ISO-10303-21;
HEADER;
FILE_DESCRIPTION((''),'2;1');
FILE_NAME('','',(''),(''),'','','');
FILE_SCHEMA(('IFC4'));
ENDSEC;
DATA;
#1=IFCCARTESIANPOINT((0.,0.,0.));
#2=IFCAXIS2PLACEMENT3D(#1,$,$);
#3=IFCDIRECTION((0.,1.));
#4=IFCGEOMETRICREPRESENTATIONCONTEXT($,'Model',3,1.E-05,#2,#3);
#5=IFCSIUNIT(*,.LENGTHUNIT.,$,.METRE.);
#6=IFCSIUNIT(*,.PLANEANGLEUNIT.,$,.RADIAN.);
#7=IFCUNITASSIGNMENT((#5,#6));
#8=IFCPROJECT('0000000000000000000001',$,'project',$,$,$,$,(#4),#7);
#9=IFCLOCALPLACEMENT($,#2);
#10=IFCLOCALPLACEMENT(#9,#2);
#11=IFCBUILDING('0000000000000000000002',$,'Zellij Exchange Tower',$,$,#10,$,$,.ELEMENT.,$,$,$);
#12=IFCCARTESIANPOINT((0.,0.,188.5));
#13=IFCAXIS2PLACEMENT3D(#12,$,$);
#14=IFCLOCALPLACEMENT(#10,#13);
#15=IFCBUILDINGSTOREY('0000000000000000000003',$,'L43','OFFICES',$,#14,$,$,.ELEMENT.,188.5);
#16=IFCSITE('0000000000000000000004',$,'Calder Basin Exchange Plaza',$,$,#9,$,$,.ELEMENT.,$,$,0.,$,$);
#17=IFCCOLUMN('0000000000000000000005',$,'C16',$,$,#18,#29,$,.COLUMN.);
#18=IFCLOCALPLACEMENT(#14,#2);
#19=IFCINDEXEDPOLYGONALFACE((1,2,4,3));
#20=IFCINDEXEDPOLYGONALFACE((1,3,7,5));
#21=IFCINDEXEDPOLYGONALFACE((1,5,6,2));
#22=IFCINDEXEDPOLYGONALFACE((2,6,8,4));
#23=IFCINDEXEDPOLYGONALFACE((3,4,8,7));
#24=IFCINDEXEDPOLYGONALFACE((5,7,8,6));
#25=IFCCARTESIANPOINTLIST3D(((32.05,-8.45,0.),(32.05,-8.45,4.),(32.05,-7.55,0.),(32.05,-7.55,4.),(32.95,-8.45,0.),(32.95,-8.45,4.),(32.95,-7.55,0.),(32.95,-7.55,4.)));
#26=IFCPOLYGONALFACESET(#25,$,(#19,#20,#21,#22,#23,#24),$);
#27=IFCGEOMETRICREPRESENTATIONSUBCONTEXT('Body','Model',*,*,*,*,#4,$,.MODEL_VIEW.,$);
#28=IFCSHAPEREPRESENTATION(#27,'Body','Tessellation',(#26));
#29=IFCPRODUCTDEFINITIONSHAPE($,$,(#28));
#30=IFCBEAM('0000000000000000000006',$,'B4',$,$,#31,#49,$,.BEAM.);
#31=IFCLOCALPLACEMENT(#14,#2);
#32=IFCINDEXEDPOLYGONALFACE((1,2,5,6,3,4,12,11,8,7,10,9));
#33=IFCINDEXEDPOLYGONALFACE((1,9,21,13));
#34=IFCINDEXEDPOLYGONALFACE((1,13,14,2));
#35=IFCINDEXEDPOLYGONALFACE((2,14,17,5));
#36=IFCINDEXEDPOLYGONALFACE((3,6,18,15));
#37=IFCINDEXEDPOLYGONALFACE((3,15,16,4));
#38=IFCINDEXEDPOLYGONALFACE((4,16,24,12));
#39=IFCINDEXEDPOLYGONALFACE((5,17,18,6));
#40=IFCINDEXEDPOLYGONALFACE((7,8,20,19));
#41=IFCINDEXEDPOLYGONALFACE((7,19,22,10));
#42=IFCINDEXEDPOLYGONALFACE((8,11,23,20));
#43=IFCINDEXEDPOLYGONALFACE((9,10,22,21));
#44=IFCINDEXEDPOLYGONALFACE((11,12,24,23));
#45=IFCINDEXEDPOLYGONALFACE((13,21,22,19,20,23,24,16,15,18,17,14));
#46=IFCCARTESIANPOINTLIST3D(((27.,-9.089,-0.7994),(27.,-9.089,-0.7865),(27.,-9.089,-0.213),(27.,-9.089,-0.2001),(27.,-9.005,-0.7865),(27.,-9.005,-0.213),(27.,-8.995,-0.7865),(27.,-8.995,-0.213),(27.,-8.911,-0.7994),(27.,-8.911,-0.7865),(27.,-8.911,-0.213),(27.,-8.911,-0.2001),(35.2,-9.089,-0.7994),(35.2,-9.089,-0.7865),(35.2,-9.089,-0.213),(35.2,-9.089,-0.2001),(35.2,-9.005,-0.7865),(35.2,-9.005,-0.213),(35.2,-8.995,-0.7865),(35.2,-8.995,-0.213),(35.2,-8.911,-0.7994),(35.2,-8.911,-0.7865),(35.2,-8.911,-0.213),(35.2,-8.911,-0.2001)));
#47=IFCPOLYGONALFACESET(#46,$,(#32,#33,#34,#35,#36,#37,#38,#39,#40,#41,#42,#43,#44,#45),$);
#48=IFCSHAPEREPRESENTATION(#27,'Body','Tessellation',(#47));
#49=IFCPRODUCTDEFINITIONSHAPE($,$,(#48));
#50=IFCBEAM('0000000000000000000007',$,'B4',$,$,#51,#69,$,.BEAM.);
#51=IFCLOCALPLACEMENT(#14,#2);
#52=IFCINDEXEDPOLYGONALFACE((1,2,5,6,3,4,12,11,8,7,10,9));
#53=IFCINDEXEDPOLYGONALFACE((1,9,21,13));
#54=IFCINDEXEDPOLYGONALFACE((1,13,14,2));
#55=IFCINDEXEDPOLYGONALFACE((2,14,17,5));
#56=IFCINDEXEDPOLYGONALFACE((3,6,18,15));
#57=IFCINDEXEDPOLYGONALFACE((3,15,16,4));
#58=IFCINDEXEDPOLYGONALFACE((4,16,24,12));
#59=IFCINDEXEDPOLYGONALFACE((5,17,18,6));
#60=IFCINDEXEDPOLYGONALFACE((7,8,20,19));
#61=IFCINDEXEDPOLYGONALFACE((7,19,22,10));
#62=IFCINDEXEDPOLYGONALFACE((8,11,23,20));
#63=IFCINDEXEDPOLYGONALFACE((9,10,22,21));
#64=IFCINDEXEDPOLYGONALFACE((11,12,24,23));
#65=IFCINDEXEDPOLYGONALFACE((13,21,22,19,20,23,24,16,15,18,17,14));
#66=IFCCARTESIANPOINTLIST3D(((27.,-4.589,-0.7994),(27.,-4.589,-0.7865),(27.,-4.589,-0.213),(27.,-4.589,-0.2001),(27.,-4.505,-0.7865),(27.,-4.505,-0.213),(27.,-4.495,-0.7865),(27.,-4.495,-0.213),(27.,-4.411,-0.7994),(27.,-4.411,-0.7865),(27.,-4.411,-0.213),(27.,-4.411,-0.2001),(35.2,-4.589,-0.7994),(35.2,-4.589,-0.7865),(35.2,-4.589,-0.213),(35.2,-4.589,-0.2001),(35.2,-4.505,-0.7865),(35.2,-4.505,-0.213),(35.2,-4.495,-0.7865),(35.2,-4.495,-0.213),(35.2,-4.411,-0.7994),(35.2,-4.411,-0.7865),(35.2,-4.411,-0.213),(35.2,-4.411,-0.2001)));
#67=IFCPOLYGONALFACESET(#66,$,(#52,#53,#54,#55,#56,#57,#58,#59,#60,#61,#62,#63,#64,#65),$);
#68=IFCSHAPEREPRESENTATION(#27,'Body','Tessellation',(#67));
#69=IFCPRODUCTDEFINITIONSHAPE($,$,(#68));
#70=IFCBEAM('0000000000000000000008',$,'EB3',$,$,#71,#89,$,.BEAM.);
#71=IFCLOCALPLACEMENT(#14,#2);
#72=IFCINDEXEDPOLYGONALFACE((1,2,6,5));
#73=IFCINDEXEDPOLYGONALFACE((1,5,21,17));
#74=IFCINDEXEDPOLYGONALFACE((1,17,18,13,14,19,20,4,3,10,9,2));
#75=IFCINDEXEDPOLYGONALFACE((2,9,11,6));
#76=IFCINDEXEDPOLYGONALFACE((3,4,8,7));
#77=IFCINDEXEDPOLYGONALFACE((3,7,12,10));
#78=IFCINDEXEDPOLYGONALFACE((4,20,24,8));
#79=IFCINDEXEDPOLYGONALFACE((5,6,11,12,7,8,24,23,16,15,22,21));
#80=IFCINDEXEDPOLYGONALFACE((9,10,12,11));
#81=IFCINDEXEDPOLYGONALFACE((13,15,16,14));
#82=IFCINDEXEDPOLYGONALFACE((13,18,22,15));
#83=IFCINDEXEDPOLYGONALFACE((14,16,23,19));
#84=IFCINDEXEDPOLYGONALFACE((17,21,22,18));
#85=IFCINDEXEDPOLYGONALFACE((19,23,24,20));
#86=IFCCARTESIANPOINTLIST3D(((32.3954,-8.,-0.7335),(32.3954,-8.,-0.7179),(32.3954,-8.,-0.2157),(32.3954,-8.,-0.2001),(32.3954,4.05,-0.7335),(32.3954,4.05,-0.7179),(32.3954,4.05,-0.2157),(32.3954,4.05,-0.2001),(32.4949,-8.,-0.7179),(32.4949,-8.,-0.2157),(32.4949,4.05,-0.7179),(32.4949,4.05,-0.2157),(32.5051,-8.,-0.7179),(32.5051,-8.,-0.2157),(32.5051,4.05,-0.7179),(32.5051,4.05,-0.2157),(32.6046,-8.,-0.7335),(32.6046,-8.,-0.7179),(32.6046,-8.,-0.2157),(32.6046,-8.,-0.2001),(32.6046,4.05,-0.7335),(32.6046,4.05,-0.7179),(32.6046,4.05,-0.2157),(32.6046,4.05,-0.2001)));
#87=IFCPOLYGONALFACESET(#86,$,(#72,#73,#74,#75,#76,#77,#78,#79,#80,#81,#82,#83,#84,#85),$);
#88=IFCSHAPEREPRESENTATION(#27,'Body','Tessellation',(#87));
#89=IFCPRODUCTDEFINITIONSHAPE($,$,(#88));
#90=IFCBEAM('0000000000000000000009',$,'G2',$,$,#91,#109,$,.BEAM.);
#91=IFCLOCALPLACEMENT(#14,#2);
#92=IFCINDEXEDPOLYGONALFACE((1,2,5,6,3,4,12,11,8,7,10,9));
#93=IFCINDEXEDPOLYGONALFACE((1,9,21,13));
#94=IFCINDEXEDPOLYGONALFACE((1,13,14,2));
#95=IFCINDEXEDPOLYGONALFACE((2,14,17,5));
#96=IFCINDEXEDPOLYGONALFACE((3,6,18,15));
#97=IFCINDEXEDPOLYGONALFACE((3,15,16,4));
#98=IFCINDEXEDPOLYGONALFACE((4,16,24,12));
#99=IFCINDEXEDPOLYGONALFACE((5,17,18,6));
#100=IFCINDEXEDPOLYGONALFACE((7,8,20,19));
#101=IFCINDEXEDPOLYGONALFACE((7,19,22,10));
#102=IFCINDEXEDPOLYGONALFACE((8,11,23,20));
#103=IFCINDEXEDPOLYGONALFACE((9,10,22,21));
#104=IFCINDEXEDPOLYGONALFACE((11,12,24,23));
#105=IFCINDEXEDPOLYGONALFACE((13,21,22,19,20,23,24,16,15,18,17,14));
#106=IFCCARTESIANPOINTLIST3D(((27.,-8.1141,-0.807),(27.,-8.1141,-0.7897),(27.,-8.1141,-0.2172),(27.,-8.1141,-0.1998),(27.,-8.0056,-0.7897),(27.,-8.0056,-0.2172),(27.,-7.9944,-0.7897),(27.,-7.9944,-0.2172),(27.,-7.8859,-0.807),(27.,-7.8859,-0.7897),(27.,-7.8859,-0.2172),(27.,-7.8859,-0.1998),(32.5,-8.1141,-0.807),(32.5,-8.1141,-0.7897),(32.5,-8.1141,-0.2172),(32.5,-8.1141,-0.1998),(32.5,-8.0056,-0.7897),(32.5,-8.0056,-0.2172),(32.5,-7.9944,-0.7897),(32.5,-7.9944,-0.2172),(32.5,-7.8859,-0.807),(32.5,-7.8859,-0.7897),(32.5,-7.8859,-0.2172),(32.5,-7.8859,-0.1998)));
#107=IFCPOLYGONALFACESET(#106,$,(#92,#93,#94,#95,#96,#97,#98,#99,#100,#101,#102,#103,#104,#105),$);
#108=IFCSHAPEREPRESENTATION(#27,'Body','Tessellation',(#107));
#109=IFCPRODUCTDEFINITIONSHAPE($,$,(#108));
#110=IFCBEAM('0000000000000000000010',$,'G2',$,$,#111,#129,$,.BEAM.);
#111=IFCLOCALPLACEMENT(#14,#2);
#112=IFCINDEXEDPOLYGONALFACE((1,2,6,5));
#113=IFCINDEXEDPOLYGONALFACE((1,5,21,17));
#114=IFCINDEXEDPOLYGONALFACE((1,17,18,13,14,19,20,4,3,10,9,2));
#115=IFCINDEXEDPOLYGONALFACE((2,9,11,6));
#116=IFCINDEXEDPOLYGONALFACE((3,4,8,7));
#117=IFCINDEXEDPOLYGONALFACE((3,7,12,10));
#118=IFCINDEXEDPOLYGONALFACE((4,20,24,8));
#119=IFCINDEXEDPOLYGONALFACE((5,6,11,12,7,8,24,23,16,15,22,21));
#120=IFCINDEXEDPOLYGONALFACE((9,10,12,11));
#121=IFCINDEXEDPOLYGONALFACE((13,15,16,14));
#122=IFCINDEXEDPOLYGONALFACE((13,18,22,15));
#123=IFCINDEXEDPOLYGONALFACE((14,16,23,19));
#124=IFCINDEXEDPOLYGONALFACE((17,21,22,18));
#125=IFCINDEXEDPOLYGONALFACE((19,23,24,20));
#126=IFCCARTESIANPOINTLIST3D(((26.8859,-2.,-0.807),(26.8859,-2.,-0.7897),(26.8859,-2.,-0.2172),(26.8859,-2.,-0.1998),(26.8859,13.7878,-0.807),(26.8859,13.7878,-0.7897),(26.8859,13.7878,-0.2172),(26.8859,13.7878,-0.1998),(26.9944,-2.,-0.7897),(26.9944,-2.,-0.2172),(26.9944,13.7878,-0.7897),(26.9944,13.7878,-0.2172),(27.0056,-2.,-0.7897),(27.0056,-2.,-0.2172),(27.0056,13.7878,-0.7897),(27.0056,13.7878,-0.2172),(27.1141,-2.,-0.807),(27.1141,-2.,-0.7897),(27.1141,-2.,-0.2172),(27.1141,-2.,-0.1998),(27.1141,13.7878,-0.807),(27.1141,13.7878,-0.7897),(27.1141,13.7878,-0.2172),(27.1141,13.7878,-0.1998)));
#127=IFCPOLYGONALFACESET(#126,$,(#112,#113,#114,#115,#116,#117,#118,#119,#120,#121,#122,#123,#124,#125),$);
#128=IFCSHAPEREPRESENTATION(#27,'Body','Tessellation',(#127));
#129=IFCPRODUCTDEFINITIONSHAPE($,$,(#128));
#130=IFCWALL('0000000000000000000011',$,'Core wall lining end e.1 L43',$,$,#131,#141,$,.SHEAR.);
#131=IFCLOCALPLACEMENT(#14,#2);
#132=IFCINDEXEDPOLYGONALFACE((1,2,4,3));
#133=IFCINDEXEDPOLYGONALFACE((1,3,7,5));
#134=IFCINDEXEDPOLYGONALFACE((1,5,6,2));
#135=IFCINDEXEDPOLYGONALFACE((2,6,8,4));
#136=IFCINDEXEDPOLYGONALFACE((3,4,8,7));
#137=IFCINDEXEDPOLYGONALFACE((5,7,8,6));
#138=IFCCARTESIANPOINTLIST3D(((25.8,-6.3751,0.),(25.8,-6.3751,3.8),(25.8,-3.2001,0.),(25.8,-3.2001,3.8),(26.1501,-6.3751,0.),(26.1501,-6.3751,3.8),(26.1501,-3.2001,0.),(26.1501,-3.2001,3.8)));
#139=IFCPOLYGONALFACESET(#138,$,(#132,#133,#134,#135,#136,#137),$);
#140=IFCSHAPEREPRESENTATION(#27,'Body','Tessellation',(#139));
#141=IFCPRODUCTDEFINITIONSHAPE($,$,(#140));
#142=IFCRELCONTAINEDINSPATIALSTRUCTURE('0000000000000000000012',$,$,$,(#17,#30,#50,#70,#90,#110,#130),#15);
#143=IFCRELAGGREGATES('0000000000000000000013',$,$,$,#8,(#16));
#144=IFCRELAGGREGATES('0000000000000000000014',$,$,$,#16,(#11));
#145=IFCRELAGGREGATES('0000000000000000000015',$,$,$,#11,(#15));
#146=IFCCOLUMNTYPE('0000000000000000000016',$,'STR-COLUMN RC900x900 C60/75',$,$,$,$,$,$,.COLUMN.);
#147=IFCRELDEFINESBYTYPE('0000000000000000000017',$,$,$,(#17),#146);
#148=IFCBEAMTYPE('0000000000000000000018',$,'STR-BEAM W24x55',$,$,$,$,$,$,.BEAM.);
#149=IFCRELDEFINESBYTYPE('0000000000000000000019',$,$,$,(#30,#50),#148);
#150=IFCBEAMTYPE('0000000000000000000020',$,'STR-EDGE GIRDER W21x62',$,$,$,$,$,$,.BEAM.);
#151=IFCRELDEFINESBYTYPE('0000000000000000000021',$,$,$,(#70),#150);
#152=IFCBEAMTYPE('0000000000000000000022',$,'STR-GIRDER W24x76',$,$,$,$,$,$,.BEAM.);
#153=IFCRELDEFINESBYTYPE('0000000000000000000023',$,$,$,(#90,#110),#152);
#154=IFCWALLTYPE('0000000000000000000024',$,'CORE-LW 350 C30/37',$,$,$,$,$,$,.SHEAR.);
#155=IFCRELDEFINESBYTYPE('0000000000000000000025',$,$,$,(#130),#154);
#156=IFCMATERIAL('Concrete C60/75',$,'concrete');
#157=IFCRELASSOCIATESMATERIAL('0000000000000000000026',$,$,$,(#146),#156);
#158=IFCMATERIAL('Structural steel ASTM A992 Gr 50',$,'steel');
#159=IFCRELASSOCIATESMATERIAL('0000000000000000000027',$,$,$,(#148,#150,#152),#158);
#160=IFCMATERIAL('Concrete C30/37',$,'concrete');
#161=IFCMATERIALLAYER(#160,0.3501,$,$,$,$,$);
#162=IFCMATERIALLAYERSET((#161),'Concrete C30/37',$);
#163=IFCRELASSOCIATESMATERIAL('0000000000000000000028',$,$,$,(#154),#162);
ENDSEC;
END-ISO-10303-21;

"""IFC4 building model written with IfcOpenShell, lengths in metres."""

from ifc_helpers import new_model, si_unit, direction, frame, frame_2d, origin, origin_2d, place, context, subcontext, project, spatial, rectangle, i_section, extrude, material, layer, layer_set, material_profile, profile_set, type_object, element, save


model = new_model("IFC4")

# Units and contexts
model_context = context("Model", 3, precision=1e-05, world=origin(), true_north=direction((0.0, 1.0)))
body_context = subcontext(model_context, "Body", "Model", "MODEL_VIEW")
ifc_project = project(units=[si_unit("LENGTHUNIT", "METRE"), si_unit("PLANEANGLEUNIT", "RADIAN")], contexts=[model_context])

# Site, building, storey
site_placement = place(None, origin())
site = spatial("IfcSite", under=ifc_project, at=site_placement, Name="Calder Basin Exchange Plaza", CompositionType="ELEMENT", RefElevation=0.0)
building_placement = place(site_placement, origin())
building = spatial("IfcBuilding", under=site, at=building_placement, Name="Zellij Exchange Tower", CompositionType="ELEMENT")
storey_placement = place(building_placement, frame((0.0, 0.0, 188.5)))
storey = spatial("IfcBuildingStorey", under=building, at=storey_placement, Name="L43", Description="OFFICES", CompositionType="ELEMENT", Elevation=188.5)

# Column
ifc_material_1 = material(Name="Concrete C60/75", Category="concrete")
ifc_material_profile_1 = material_profile(ifc_material_1, rectangle(XDim=0.8999, YDim=0.8999, at=origin_2d()), Name="STR-COLUMN RC900x900 C60/75")
ifc_profile_set_1 = profile_set([ifc_material_profile_1], Name="Concrete C60/75")
column_type = type_object("IfcColumnType", Name="STR-COLUMN RC900x900 C60/75", PredefinedType="COLUMN", material=ifc_profile_set_1)
column_placement = place(storey_placement, frame((32.5, -8.0, 0.0), z_axis=(0.0, 0.0, 1.0), x_axis=(1.0, 0.0, 0.0)))
element("IfcColumn", 1, at=column_placement, inside=storey, type_object=column_type, Name="C16", PredefinedType="COLUMN", context=body_context, shape_type="SweptSolid", body=[
    extrude(rectangle(XDim=0.8999, YDim=0.8999, at=origin_2d()), origin(), (0.0, 0.0, 1.0), 4.0),
])

# Beams
ifc_material_2 = material(Name="Structural steel ASTM A992 Gr 50", Category="steel")
ifc_material_profile_2 = material_profile(ifc_material_2, i_section(OverallWidth=0.178, OverallDepth=0.5994, WebThickness=0.01, FlangeThickness=0.0129, at=origin_2d()), Name="W24x55")
ifc_profile_set_2 = profile_set([ifc_material_profile_2], Name="Structural steel ASTM A992 Gr 50")
beam_type_1 = type_object("IfcBeamType", Name="STR-BEAM W24x55", PredefinedType="BEAM", material=ifc_profile_set_2)
for number, where, z_axis, x_axis, name in (
    (2, (27.0, -9.0, -0.4998), (1.0, 0.0, 0.0), (0.0, 1.0, 0.0), "B4"),
    (3, (27.0, -4.5, -0.4998), (1.0, 0.0, 0.0), (0.0, 1.0, 0.0), "B4"),
):
    element("IfcBeam", number, at=place(storey_placement, frame(where, z_axis=z_axis, x_axis=x_axis)), inside=storey, type_object=beam_type_1, Name=name, PredefinedType="BEAM", context=body_context, shape_type="SweptSolid", body=[
        extrude(i_section(OverallWidth=0.178, OverallDepth=0.5994, WebThickness=0.01, FlangeThickness=0.0129, at=origin_2d()), origin(), (0.0, 0.0, 1.0), 8.2),
    ])
ifc_material_profile_3 = material_profile(ifc_material_2, i_section(OverallWidth=0.2092, OverallDepth=0.5334, WebThickness=0.0103, FlangeThickness=0.0156, at=origin_2d()), Name="W21x62")
ifc_profile_set_3 = profile_set([ifc_material_profile_3], Name="Structural steel ASTM A992 Gr 50")
beam_type_2 = type_object("IfcBeamType", Name="STR-EDGE GIRDER W21x62", PredefinedType="BEAM", material=ifc_profile_set_3)
beam_1_placement = place(storey_placement, frame((32.5, -8.0, -0.4668), z_axis=(0.0, 1.0, 0.0), x_axis=(-1.0, 0.0, 0.0)))
element("IfcBeam", 4, at=beam_1_placement, inside=storey, type_object=beam_type_2, Name="EB3", PredefinedType="BEAM", context=body_context, shape_type="SweptSolid", body=[
    extrude(i_section(OverallWidth=0.2092, OverallDepth=0.5334, WebThickness=0.0103, FlangeThickness=0.0156, at=origin_2d()), origin(), (0.0, 0.0, 1.0), 12.05),
])
ifc_material_profile_4 = material_profile(ifc_material_2, i_section(OverallWidth=0.2283, OverallDepth=0.6072, WebThickness=0.0112, FlangeThickness=0.0173, at=origin_2d()), Name="W24x76")
ifc_profile_set_4 = profile_set([ifc_material_profile_4], Name="Structural steel ASTM A992 Gr 50")
beam_type_3 = type_object("IfcBeamType", Name="STR-GIRDER W24x76", PredefinedType="BEAM", material=ifc_profile_set_4)
beam_2_placement = place(storey_placement, frame((27.0, -8.0, -0.5034), z_axis=(1.0, 0.0, 0.0), x_axis=(0.0, 1.0, 0.0)))
element("IfcBeam", 5, at=beam_2_placement, inside=storey, type_object=beam_type_3, Name="G2", PredefinedType="BEAM", context=body_context, shape_type="SweptSolid", body=[
    extrude(i_section(OverallWidth=0.2283, OverallDepth=0.6072, WebThickness=0.0112, FlangeThickness=0.0173, at=origin_2d()), origin(), (0.0, 0.0, 1.0), 5.5),
])
beam_3_placement = place(storey_placement, frame((27.0, -2.0, -0.5034), z_axis=(0.0, 1.0, 0.0), x_axis=(-1.0, 0.0, 0.0)))
element("IfcBeam", 6, at=beam_3_placement, inside=storey, type_object=beam_type_3, Name="G2", PredefinedType="BEAM", context=body_context, shape_type="SweptSolid", body=[
    extrude(i_section(OverallWidth=0.2283, OverallDepth=0.6072, WebThickness=0.0112, FlangeThickness=0.0173, at=origin_2d()), origin(), (0.0, 0.0, 1.0), 15.7878),
])

# Wall
ifc_material_3 = material(Name="Concrete C30/37", Category="concrete")
ifc_layer_1 = layer(ifc_material_3, 0.3501)
ifc_layer_set_1 = layer_set([ifc_layer_1], Name="Concrete C30/37")
wall_type = type_object("IfcWallType", Name="CORE-LW 350 C30/37", PredefinedType="SHEAR", material=ifc_layer_set_1)
wall_placement = place(storey_placement, frame((25.9751, -6.375, 0.0), z_axis=(0.0, 0.0, 1.0), x_axis=(0.0, 1.0, 0.0)))
element("IfcWall", 7, at=wall_placement, inside=storey, type_object=wall_type, Name="Core wall lining end e.1 L43", PredefinedType="SHEAR", context=body_context, shape_type="SweptSolid", body=[
    extrude(rectangle(XDim=3.175, YDim=0.3501, at=frame_2d((1.5874, 0.0))), origin(), (0.0, 0.0, 1.0), 3.8),
])

save(model, "model.ifc")
